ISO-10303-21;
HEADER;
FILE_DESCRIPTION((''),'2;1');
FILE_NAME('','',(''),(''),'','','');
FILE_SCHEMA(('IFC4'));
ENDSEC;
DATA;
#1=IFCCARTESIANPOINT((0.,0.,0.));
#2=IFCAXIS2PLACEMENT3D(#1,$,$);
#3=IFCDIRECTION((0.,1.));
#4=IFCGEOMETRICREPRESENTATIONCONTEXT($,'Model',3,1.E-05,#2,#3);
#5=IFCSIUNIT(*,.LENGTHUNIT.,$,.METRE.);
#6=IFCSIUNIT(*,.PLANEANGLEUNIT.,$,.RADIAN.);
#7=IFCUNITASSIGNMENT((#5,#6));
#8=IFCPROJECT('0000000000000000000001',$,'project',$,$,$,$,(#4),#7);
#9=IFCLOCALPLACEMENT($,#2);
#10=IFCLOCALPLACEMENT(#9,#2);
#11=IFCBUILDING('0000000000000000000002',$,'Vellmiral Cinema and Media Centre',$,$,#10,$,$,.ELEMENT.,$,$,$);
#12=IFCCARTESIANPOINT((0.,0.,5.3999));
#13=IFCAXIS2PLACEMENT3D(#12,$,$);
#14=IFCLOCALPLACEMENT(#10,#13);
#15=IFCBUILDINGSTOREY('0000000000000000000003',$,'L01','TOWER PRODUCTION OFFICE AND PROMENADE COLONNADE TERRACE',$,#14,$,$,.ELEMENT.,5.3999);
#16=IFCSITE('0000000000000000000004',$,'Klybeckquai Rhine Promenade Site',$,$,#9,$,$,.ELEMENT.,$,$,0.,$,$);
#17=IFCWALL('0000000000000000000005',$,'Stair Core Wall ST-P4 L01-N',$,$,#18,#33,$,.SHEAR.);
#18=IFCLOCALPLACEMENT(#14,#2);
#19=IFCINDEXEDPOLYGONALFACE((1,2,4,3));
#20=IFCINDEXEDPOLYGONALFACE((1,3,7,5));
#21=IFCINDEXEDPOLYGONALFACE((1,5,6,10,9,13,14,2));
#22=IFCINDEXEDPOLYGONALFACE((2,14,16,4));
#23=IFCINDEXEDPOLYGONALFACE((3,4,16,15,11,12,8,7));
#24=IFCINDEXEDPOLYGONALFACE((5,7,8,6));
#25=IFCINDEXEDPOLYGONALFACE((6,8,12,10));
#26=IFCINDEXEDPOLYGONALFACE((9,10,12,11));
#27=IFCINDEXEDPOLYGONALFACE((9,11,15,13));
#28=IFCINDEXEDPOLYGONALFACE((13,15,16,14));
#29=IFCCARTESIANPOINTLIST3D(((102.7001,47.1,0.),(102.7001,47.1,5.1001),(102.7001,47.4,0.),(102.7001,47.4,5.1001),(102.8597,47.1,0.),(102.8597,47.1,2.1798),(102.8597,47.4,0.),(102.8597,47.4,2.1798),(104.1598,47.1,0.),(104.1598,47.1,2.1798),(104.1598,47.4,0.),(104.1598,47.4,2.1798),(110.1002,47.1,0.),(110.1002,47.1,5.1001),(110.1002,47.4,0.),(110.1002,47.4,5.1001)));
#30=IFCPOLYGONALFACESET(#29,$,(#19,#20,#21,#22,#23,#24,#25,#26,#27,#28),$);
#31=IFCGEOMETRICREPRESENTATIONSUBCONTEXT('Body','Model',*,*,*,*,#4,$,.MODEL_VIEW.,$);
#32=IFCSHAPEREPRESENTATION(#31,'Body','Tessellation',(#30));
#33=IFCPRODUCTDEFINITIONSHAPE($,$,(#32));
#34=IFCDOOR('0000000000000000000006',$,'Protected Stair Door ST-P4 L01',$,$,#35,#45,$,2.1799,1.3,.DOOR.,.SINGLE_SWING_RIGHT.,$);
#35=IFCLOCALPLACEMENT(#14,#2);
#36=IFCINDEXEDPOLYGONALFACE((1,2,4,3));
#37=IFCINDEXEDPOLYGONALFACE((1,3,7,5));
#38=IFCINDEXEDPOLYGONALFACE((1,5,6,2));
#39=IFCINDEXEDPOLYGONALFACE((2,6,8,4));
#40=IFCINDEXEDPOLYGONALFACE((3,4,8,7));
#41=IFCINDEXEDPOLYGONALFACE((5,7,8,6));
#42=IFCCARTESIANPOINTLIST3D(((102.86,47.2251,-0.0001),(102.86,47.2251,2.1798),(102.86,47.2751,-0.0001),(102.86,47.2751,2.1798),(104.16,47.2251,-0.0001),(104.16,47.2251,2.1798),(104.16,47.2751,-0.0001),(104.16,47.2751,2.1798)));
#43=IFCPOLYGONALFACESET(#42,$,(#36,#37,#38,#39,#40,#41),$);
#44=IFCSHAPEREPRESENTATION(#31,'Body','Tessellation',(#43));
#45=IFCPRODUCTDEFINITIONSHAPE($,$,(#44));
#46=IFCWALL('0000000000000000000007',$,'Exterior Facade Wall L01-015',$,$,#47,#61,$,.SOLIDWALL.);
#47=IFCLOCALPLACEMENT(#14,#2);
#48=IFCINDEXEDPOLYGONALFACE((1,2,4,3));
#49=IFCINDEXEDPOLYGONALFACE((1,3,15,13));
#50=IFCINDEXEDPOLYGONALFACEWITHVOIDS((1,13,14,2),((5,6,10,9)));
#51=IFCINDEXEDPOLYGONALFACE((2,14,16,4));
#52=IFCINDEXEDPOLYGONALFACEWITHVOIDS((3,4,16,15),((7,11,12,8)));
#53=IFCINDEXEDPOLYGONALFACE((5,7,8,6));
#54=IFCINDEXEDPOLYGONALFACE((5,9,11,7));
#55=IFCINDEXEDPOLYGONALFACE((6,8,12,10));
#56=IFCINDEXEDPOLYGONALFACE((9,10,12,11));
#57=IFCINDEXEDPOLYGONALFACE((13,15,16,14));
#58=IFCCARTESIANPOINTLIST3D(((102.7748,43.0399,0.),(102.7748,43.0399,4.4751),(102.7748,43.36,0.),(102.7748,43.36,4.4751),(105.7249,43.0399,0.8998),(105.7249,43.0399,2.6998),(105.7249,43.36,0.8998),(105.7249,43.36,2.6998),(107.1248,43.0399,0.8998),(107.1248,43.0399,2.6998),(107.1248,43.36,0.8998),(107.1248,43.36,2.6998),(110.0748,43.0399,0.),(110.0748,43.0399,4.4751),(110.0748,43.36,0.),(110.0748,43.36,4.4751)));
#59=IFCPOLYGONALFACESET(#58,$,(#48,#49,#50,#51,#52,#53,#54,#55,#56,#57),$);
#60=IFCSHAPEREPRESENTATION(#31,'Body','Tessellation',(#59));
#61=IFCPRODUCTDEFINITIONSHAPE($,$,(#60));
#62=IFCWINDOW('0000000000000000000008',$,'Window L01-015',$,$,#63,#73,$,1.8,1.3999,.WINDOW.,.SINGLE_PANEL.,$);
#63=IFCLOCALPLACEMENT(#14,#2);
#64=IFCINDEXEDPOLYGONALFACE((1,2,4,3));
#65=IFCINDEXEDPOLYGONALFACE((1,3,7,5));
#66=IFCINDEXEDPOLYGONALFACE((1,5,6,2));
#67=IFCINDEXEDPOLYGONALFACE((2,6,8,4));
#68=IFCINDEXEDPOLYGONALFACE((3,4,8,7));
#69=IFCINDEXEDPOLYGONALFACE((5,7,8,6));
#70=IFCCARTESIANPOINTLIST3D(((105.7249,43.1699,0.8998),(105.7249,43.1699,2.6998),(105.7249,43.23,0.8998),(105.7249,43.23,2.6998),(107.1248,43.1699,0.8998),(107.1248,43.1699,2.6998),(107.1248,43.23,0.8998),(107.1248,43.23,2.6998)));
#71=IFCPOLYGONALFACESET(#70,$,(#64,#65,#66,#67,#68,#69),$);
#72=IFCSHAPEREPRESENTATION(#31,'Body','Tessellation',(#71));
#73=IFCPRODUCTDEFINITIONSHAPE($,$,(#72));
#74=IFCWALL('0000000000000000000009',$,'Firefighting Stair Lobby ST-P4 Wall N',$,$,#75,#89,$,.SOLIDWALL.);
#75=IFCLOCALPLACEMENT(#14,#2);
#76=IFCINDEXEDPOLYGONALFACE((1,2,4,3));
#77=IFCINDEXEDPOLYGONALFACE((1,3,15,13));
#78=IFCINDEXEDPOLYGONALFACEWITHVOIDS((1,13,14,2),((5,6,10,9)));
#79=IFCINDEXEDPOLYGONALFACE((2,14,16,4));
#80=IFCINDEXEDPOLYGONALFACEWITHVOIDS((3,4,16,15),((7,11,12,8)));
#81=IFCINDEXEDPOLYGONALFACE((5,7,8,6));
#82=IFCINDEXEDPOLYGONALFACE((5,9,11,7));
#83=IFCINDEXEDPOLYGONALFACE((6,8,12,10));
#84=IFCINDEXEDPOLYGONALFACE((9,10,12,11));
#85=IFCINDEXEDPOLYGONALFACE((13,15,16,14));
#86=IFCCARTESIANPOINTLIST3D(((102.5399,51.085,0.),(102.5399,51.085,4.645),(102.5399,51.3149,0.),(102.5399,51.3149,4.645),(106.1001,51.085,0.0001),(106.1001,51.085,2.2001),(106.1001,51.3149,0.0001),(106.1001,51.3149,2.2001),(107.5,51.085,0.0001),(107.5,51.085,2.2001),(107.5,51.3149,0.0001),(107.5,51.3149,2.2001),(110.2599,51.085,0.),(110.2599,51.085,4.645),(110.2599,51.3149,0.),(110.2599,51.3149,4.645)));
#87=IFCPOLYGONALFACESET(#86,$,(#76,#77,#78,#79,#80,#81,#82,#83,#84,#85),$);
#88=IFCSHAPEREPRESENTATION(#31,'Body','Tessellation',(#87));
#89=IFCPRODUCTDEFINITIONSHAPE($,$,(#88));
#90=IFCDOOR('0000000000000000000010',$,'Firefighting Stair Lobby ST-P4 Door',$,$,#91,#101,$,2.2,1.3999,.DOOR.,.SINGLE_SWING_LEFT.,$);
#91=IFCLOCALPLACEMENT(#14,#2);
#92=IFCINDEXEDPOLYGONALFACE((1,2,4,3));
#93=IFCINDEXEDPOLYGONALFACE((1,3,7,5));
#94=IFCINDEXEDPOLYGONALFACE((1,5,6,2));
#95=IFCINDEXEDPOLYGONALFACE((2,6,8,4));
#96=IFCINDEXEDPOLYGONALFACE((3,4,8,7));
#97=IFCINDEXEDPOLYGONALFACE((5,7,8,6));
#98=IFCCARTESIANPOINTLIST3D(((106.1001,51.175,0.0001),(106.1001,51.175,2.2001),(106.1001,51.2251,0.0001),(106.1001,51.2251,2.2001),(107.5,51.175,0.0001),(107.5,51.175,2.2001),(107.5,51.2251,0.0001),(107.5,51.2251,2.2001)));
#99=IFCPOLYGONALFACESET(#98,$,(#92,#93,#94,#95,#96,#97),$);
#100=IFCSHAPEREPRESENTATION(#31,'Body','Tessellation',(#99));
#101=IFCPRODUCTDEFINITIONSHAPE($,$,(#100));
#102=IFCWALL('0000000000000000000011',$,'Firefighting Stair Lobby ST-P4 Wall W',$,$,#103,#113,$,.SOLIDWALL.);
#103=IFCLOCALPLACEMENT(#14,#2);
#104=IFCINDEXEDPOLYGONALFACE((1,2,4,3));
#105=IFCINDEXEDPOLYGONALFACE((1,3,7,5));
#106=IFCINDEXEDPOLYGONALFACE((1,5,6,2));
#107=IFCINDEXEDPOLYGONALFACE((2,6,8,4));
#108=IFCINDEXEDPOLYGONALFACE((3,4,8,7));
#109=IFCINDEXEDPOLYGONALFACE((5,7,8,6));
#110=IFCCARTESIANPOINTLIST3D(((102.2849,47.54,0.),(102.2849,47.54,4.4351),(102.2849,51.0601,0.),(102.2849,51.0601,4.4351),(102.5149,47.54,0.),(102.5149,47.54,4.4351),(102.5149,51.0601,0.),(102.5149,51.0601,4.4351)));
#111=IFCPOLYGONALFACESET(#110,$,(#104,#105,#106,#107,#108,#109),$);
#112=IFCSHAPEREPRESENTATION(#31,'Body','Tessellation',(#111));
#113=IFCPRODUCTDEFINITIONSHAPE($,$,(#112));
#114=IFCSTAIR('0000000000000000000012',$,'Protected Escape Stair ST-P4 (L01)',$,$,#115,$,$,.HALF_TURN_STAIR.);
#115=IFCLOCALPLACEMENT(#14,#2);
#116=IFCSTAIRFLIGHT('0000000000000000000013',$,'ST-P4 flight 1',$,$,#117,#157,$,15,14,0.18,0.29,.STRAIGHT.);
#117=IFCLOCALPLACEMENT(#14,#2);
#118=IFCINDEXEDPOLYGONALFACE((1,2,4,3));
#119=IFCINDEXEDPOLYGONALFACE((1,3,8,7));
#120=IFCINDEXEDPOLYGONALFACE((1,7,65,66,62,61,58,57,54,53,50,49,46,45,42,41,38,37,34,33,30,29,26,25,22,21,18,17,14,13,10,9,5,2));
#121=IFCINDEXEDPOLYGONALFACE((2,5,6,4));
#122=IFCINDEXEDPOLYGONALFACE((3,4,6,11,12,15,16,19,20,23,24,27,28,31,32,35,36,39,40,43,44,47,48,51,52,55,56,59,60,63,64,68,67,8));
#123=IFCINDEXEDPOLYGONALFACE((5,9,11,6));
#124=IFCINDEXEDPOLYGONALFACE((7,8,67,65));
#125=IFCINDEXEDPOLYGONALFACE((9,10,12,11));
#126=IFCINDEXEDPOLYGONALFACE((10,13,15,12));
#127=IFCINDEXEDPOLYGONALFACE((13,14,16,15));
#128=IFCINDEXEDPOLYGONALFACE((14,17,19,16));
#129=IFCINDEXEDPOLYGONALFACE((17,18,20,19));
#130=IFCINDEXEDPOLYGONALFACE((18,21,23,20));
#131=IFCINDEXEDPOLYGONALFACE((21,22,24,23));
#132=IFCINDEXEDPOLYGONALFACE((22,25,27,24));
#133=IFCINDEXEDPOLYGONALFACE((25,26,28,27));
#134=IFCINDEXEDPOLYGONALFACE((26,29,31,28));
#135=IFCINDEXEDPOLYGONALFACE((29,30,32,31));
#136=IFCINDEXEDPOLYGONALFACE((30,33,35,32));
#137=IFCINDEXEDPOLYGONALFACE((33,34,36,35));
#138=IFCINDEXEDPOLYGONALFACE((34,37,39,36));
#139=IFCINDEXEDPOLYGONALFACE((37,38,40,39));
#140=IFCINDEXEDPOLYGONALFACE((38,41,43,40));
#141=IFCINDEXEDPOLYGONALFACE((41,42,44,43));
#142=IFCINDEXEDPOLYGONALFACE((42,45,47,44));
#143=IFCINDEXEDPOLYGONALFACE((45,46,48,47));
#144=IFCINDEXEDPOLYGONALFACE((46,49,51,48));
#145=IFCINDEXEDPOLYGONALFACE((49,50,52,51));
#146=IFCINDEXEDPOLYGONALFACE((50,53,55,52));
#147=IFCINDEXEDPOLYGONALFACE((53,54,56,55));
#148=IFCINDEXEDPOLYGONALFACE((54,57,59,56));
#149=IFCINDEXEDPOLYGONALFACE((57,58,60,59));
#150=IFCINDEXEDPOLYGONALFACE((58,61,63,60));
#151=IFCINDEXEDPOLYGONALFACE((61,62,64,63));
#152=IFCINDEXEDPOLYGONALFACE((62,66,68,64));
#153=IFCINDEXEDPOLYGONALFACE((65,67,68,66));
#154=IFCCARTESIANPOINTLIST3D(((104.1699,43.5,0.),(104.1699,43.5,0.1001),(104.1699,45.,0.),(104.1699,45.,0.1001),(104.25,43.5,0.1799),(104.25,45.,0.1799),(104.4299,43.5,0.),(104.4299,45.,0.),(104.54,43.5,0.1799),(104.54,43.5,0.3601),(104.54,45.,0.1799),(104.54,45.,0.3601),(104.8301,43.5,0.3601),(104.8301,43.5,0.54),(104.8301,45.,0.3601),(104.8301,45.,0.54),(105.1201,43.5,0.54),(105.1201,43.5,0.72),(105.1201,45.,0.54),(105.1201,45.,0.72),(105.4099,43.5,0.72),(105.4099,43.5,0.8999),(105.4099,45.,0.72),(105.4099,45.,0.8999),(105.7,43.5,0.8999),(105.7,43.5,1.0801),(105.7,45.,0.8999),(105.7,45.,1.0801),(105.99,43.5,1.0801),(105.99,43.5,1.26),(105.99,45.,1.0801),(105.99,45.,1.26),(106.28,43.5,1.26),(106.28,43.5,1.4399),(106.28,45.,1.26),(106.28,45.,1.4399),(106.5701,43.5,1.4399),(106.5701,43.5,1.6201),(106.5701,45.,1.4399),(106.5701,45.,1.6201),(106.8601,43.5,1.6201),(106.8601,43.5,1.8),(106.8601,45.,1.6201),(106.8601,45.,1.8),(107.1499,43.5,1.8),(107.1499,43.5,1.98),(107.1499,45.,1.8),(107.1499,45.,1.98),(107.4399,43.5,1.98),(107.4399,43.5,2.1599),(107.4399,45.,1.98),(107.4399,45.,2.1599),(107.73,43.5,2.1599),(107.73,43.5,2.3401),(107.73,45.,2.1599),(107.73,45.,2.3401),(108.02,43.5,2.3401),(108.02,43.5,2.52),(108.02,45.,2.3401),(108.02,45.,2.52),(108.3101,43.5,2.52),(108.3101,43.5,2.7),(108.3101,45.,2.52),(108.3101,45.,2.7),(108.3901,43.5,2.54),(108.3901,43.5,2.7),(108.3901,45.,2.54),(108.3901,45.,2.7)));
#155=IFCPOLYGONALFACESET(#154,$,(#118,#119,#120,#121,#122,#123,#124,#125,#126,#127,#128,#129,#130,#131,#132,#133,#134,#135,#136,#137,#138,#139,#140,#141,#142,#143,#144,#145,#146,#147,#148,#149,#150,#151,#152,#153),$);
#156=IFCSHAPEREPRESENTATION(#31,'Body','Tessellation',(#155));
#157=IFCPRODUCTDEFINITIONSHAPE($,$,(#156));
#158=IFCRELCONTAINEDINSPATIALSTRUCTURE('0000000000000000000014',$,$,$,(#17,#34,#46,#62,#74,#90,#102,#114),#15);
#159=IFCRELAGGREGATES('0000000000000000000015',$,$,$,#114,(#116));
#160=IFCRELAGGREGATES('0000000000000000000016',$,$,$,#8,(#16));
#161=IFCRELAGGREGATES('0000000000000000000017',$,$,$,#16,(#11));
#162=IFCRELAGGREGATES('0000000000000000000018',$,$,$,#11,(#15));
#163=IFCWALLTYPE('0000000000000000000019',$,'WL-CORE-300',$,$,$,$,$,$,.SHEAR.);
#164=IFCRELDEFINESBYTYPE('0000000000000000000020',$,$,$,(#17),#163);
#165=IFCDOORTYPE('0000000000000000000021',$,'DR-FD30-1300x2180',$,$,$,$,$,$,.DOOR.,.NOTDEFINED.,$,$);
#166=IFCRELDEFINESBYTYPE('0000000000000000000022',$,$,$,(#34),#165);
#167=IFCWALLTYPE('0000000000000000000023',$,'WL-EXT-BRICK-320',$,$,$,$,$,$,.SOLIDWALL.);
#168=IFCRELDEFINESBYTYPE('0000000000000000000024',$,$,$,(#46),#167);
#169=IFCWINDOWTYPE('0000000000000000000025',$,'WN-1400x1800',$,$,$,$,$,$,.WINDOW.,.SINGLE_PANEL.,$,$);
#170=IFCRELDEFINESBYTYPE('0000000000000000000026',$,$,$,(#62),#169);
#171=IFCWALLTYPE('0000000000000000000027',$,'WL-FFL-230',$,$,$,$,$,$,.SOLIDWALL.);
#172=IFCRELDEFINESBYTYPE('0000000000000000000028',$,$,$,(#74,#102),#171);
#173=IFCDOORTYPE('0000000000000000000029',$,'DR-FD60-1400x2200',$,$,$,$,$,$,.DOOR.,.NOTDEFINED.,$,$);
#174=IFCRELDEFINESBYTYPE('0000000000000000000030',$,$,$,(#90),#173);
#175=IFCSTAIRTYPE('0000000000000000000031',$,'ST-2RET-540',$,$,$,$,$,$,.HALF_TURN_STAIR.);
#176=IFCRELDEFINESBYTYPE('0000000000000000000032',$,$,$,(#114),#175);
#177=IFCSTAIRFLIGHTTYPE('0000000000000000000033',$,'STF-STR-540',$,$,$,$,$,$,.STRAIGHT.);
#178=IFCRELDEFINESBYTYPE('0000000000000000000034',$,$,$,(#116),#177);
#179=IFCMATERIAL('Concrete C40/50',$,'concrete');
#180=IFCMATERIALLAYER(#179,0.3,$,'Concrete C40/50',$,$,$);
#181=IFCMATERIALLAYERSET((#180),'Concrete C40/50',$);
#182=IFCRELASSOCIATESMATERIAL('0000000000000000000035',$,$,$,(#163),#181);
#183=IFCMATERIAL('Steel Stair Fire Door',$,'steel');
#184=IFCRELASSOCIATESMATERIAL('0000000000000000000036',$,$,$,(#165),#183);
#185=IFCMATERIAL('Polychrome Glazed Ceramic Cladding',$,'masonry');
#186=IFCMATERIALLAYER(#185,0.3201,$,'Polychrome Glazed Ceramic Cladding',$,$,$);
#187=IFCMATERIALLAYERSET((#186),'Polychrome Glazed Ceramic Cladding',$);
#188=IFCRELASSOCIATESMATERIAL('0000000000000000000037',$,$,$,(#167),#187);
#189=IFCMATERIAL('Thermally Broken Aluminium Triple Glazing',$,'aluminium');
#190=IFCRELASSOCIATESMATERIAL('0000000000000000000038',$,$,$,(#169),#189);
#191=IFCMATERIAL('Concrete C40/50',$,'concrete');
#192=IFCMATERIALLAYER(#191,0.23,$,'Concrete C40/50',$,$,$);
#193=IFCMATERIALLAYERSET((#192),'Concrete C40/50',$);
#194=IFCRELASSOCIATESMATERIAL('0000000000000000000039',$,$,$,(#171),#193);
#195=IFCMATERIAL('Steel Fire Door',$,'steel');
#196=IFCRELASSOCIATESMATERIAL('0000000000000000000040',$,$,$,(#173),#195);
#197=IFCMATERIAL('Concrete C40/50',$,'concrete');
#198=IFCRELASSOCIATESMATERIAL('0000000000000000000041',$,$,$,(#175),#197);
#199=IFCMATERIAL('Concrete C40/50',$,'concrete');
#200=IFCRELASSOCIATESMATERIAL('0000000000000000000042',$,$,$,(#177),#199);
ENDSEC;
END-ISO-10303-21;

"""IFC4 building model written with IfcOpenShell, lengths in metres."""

from ifc_helpers import new_model, si_unit, direction, frame, frame_2d, origin, place, context, subcontext, project, spatial, polyline, rectangle, outline, extrude, material, layer, layer_set, type_object, element, fill, aggregate, save


model = new_model("IFC4")

# Units and contexts
model_context = context("Model", 3, precision=1e-05, world=origin(), true_north=direction((0.0, 1.0)))
body_context = subcontext(model_context, "Body", "Model", "MODEL_VIEW")
ifc_project = project(units=[si_unit("LENGTHUNIT", "METRE"), si_unit("PLANEANGLEUNIT", "RADIAN")], contexts=[model_context])

# Site, building, storey
site_placement = place(None, origin())
site = spatial("IfcSite", under=ifc_project, at=site_placement, Name="Klybeckquai Rhine Promenade Site", CompositionType="ELEMENT", RefElevation=0.0)
building_placement = place(site_placement, origin())
building = spatial("IfcBuilding", under=site, at=building_placement, Name="Vellmiral Cinema and Media Centre", CompositionType="ELEMENT")
storey_placement = place(building_placement, frame((0.0, 0.0, 5.3999)))
storey = spatial("IfcBuildingStorey", under=building, at=storey_placement, Name="L01", Description="TOWER PRODUCTION OFFICE AND PROMENADE COLONNADE TERRACE", CompositionType="ELEMENT", Elevation=5.3999)

# Shared definitions
ifc_material_1 = material(Name="Concrete C40/50", Category="concrete")
ifc_layer_1 = layer(ifc_material_1, 0.3, Name="Concrete C40/50")
ifc_layer_set_1 = layer_set([ifc_layer_1], Name="Concrete C40/50")
wall_type_1 = type_object("IfcWallType", Name="WL-CORE-300", PredefinedType="SHEAR", material=ifc_layer_set_1)

# Wall, opening, door
wall_1_placement = place(storey_placement, frame((102.7, 47.25, 0.0), z_axis=(0.0, 0.0, 1.0), x_axis=(1.0, 0.0, 0.0)))
wall_1 = element("IfcWall", 1, at=wall_1_placement, inside=storey, type_object=wall_type_1, Name="Stair Core Wall ST-P4 L01-N", PredefinedType="SHEAR", context=body_context, shape_type="SweptSolid", body=[
    extrude(rectangle(XDim=7.4001, YDim=0.3, at=frame_2d((3.7002, 0.0))), origin(), (0.0, 0.0, 1.0), 5.1001),
])
opening_1_placement = place(wall_1_placement, frame((0.1599, 0.0, 0.0)))
opening_1 = element("IfcOpeningElement", 2, at=opening_1_placement, cuts=wall_1, PredefinedType="OPENING", context=body_context, shape_type="SweptSolid", body=[
    extrude(rectangle(XDim=1.3, YDim=2.1799, at=frame_2d((0.6499, 1.0898))), frame((0.0, 0.1621, 0.0), z_axis=(0.0, -1.0, 0.0), x_axis=(1.0, 0.0, 0.0)), (0.0, 0.0, 1.0), 0.324),
])
ifc_material_2 = material(Name="Steel Stair Fire Door", Category="steel")
door_type_1 = type_object("IfcDoorType", Name="DR-FD30-1300x2180", OperationType="NOTDEFINED", PredefinedType="DOOR", material=ifc_material_2)
door_1_placement = place(opening_1_placement, frame((1.3, 0.0, 0.0), z_axis=(0.0, 0.0, 1.0), x_axis=(-1.0, 0.0, 0.0)))
door_1 = element("IfcDoor", 3, at=door_1_placement, inside=storey, type_object=door_type_1, Name="Protected Stair Door ST-P4 L01", OperationType="SINGLE_SWING_RIGHT", OverallHeight=2.1799, OverallWidth=1.3, PredefinedType="DOOR", context=body_context, shape_type="SweptSolid", body=[
    extrude(rectangle(XDim=1.3, YDim=2.1799, at=frame_2d((0.6499, 1.0898))), frame((0.0, 0.0249, 0.0), z_axis=(0.0, -1.0, 0.0), x_axis=(1.0, 0.0, 0.0)), (0.0, 0.0, 1.0), 0.05),
])
fill(opening_1, door_1)

# Wall, opening, window
ifc_material_3 = material(Name="Polychrome Glazed Ceramic Cladding", Category="masonry")
ifc_layer_2 = layer(ifc_material_3, 0.3201, Name="Polychrome Glazed Ceramic Cladding")
ifc_layer_set_2 = layer_set([ifc_layer_2], Name="Polychrome Glazed Ceramic Cladding")
wall_type_2 = type_object("IfcWallType", Name="WL-EXT-BRICK-320", PredefinedType="SOLIDWALL", material=ifc_layer_set_2)
wall_2_placement = place(storey_placement, frame((102.7749, 43.2, 0.0), z_axis=(0.0, 0.0, 1.0), x_axis=(1.0, 0.0, 0.0)))
wall_2 = element("IfcWall", 4, at=wall_2_placement, inside=storey, type_object=wall_type_2, Name="Exterior Facade Wall L01-015", PredefinedType="SOLIDWALL", context=body_context, shape_type="SweptSolid", body=[
    extrude(rectangle(XDim=7.3, YDim=0.3201, at=frame_2d((3.6499, 0.0))), origin(), (0.0, 0.0, 1.0), 4.4751),
])
opening_2_placement = place(wall_2_placement, frame((2.95, 0.0, 0.8999)))
opening_2 = element("IfcOpeningElement", 5, at=opening_2_placement, cuts=wall_2, PredefinedType="OPENING", context=body_context, shape_type="SweptSolid", body=[
    extrude(rectangle(XDim=1.3999, YDim=1.8, at=frame_2d((0.7, 0.8999))), frame((0.0, 0.1719, 0.0), z_axis=(0.0, -1.0, 0.0), x_axis=(1.0, 0.0, 0.0)), (0.0, 0.0, 1.0), 0.344),
])
ifc_material_4 = material(Name="Thermally Broken Aluminium Triple Glazing", Category="aluminium")
window_type = type_object("IfcWindowType", Name="WN-1400x1800", PartitioningType="SINGLE_PANEL", PredefinedType="WINDOW", material=ifc_material_4)
window_placement = place(opening_2_placement, origin())
window = element("IfcWindow", 6, at=window_placement, inside=storey, type_object=window_type, Name="Window L01-015", OverallHeight=1.8, OverallWidth=1.3999, PartitioningType="SINGLE_PANEL", PredefinedType="WINDOW", context=body_context, shape_type="SweptSolid", body=[
    extrude(rectangle(XDim=1.3999, YDim=1.8, at=frame_2d((0.7, 0.8999))), frame((0.0, 0.03, 0.0), z_axis=(0.0, -1.0, 0.0), x_axis=(1.0, 0.0, 0.0)), (0.0, 0.0, 1.0), 0.0601),
])
fill(opening_2, window)

# Wall, opening, door
ifc_material_5 = material(Name="Concrete C40/50", Category="concrete")
ifc_layer_3 = layer(ifc_material_5, 0.23, Name="Concrete C40/50")
ifc_layer_set_3 = layer_set([ifc_layer_3], Name="Concrete C40/50")
wall_type_3 = type_object("IfcWallType", Name="WL-FFL-230", PredefinedType="SOLIDWALL", material=ifc_layer_set_3)
wall_3_placement = place(storey_placement, frame((102.54, 51.2, 0.0), z_axis=(0.0, 0.0, 1.0), x_axis=(1.0, 0.0, 0.0)))
wall_3 = element("IfcWall", 7, at=wall_3_placement, inside=storey, type_object=wall_type_3, Name="Firefighting Stair Lobby ST-P4 Wall N", PredefinedType="SOLIDWALL", context=body_context, shape_type="SweptSolid", body=[
    extrude(rectangle(XDim=7.72, YDim=0.23, at=frame_2d((3.8599, 0.0))), origin(), (0.0, 0.0, 1.0), 4.645),
])
opening_3_placement = place(wall_3_placement, frame((3.5601, 0.0, 0.0)))
opening_3 = element("IfcOpeningElement", 8, at=opening_3_placement, cuts=wall_3, PredefinedType="OPENING", context=body_context, shape_type="SweptSolid", body=[
    extrude(rectangle(XDim=1.3999, YDim=2.2, at=frame_2d((0.7, 1.1001))), frame((0.0, 0.127, 0.0), z_axis=(0.0, -1.0, 0.0), x_axis=(1.0, 0.0, 0.0)), (0.0, 0.0, 1.0), 0.2539),
])
ifc_material_6 = material(Name="Steel Fire Door", Category="steel")
door_type_2 = type_object("IfcDoorType", Name="DR-FD60-1400x2200", OperationType="NOTDEFINED", PredefinedType="DOOR", material=ifc_material_6)
door_2_placement = place(opening_3_placement, frame((1.3999, 0.0, 0.0), z_axis=(0.0, 0.0, 1.0), x_axis=(-1.0, 0.0, 0.0)))
door_2 = element("IfcDoor", 9, at=door_2_placement, inside=storey, type_object=door_type_2, Name="Firefighting Stair Lobby ST-P4 Door", OperationType="SINGLE_SWING_LEFT", OverallHeight=2.2, OverallWidth=1.3999, PredefinedType="DOOR", context=body_context, shape_type="SweptSolid", body=[
    extrude(rectangle(XDim=1.3999, YDim=2.2, at=frame_2d((0.7, 1.1001))), frame((0.0, 0.0249, 0.0), z_axis=(0.0, -1.0, 0.0), x_axis=(1.0, 0.0, 0.0)), (0.0, 0.0, 1.0), 0.05),
])
fill(opening_3, door_2)

# Wall
wall_4_placement = place(storey_placement, frame((102.3999, 47.54, 0.0), z_axis=(0.0, 0.0, 1.0), x_axis=(0.0, 1.0, 0.0)))
element("IfcWall", 10, at=wall_4_placement, inside=storey, type_object=wall_type_3, Name="Firefighting Stair Lobby ST-P4 Wall W", PredefinedType="SOLIDWALL", context=body_context, shape_type="SweptSolid", body=[
    extrude(rectangle(XDim=3.52, YDim=0.23, at=frame_2d((1.76, 0.0))), origin(), (0.0, 0.0, 1.0), 4.4351),
])

# Stair, stair flight
ifc_material_7 = material(Name="Concrete C40/50", Category="concrete")
stair_type = type_object("IfcStairType", Name="ST-2RET-540", PredefinedType="HALF_TURN_STAIR", material=ifc_material_7)
stair_placement = place(storey_placement, origin())
stair = element("IfcStair", 11, at=stair_placement, inside=storey, type_object=stair_type, Name="Protected Escape Stair ST-P4 (L01)", PredefinedType="HALF_TURN_STAIR")
ifc_material_8 = material(Name="Concrete C40/50", Category="concrete")
stair_flight_type = type_object("IfcStairFlightType", Name="STF-STR-540", PredefinedType="STRAIGHT", material=ifc_material_8)
stair_flight_1_placement = place(storey_placement, frame((104.25, 44.25, 0.0), z_axis=(0.0, 0.0, 1.0), x_axis=(1.0, 0.0, 0.0)))
stair_flight_1 = element("IfcStairFlight", 12, at=stair_flight_1_placement, type_object=stair_flight_type, Name="ST-P4 flight 1", NumberOfRisers=15, NumberOfTreads=14, PredefinedType="STRAIGHT", RiserHeight=0.18, TreadLength=0.29, context=body_context, shape_type="SweptSolid", body=[
    extrude(outline(polyline([(-0.0801, 0.0), (-0.0801, 0.1001), (0.0, 0.1799), (0.29, 0.1799), (0.29, 0.3601), (0.5801, 0.3601), (0.5801, 0.54), (0.8701, 0.54), (0.8701, 0.72), (1.1599, 0.72), (1.1599, 0.8999), (1.45, 0.8999), (1.45, 1.0801), (1.74, 1.0801), (1.74, 1.26), (2.03, 1.26), (2.03, 1.4399), (2.3201, 1.4399), (2.3201, 1.6201), (2.6101, 1.6201), (2.6101, 1.8), (2.8999, 1.8), (2.8999, 1.98), (3.1899, 1.98), (3.1899, 2.1599), (3.48, 2.1599), (3.48, 2.3401), (3.77, 2.3401), (3.77, 2.52), (4.0601, 2.52), (4.0601, 2.7), (4.1401, 2.7), (4.1401, 2.54), (0.1799, 0.0), (-0.0801, 0.0)])), frame((0.0, 0.75, 0.0), z_axis=(0.0, -1.0, 0.0), x_axis=(1.0, 0.0, 0.0)), (0.0, 0.0, 1.0), 1.5),
])
aggregate(stair, [stair_flight_1])

save(model, "model.ifc")
